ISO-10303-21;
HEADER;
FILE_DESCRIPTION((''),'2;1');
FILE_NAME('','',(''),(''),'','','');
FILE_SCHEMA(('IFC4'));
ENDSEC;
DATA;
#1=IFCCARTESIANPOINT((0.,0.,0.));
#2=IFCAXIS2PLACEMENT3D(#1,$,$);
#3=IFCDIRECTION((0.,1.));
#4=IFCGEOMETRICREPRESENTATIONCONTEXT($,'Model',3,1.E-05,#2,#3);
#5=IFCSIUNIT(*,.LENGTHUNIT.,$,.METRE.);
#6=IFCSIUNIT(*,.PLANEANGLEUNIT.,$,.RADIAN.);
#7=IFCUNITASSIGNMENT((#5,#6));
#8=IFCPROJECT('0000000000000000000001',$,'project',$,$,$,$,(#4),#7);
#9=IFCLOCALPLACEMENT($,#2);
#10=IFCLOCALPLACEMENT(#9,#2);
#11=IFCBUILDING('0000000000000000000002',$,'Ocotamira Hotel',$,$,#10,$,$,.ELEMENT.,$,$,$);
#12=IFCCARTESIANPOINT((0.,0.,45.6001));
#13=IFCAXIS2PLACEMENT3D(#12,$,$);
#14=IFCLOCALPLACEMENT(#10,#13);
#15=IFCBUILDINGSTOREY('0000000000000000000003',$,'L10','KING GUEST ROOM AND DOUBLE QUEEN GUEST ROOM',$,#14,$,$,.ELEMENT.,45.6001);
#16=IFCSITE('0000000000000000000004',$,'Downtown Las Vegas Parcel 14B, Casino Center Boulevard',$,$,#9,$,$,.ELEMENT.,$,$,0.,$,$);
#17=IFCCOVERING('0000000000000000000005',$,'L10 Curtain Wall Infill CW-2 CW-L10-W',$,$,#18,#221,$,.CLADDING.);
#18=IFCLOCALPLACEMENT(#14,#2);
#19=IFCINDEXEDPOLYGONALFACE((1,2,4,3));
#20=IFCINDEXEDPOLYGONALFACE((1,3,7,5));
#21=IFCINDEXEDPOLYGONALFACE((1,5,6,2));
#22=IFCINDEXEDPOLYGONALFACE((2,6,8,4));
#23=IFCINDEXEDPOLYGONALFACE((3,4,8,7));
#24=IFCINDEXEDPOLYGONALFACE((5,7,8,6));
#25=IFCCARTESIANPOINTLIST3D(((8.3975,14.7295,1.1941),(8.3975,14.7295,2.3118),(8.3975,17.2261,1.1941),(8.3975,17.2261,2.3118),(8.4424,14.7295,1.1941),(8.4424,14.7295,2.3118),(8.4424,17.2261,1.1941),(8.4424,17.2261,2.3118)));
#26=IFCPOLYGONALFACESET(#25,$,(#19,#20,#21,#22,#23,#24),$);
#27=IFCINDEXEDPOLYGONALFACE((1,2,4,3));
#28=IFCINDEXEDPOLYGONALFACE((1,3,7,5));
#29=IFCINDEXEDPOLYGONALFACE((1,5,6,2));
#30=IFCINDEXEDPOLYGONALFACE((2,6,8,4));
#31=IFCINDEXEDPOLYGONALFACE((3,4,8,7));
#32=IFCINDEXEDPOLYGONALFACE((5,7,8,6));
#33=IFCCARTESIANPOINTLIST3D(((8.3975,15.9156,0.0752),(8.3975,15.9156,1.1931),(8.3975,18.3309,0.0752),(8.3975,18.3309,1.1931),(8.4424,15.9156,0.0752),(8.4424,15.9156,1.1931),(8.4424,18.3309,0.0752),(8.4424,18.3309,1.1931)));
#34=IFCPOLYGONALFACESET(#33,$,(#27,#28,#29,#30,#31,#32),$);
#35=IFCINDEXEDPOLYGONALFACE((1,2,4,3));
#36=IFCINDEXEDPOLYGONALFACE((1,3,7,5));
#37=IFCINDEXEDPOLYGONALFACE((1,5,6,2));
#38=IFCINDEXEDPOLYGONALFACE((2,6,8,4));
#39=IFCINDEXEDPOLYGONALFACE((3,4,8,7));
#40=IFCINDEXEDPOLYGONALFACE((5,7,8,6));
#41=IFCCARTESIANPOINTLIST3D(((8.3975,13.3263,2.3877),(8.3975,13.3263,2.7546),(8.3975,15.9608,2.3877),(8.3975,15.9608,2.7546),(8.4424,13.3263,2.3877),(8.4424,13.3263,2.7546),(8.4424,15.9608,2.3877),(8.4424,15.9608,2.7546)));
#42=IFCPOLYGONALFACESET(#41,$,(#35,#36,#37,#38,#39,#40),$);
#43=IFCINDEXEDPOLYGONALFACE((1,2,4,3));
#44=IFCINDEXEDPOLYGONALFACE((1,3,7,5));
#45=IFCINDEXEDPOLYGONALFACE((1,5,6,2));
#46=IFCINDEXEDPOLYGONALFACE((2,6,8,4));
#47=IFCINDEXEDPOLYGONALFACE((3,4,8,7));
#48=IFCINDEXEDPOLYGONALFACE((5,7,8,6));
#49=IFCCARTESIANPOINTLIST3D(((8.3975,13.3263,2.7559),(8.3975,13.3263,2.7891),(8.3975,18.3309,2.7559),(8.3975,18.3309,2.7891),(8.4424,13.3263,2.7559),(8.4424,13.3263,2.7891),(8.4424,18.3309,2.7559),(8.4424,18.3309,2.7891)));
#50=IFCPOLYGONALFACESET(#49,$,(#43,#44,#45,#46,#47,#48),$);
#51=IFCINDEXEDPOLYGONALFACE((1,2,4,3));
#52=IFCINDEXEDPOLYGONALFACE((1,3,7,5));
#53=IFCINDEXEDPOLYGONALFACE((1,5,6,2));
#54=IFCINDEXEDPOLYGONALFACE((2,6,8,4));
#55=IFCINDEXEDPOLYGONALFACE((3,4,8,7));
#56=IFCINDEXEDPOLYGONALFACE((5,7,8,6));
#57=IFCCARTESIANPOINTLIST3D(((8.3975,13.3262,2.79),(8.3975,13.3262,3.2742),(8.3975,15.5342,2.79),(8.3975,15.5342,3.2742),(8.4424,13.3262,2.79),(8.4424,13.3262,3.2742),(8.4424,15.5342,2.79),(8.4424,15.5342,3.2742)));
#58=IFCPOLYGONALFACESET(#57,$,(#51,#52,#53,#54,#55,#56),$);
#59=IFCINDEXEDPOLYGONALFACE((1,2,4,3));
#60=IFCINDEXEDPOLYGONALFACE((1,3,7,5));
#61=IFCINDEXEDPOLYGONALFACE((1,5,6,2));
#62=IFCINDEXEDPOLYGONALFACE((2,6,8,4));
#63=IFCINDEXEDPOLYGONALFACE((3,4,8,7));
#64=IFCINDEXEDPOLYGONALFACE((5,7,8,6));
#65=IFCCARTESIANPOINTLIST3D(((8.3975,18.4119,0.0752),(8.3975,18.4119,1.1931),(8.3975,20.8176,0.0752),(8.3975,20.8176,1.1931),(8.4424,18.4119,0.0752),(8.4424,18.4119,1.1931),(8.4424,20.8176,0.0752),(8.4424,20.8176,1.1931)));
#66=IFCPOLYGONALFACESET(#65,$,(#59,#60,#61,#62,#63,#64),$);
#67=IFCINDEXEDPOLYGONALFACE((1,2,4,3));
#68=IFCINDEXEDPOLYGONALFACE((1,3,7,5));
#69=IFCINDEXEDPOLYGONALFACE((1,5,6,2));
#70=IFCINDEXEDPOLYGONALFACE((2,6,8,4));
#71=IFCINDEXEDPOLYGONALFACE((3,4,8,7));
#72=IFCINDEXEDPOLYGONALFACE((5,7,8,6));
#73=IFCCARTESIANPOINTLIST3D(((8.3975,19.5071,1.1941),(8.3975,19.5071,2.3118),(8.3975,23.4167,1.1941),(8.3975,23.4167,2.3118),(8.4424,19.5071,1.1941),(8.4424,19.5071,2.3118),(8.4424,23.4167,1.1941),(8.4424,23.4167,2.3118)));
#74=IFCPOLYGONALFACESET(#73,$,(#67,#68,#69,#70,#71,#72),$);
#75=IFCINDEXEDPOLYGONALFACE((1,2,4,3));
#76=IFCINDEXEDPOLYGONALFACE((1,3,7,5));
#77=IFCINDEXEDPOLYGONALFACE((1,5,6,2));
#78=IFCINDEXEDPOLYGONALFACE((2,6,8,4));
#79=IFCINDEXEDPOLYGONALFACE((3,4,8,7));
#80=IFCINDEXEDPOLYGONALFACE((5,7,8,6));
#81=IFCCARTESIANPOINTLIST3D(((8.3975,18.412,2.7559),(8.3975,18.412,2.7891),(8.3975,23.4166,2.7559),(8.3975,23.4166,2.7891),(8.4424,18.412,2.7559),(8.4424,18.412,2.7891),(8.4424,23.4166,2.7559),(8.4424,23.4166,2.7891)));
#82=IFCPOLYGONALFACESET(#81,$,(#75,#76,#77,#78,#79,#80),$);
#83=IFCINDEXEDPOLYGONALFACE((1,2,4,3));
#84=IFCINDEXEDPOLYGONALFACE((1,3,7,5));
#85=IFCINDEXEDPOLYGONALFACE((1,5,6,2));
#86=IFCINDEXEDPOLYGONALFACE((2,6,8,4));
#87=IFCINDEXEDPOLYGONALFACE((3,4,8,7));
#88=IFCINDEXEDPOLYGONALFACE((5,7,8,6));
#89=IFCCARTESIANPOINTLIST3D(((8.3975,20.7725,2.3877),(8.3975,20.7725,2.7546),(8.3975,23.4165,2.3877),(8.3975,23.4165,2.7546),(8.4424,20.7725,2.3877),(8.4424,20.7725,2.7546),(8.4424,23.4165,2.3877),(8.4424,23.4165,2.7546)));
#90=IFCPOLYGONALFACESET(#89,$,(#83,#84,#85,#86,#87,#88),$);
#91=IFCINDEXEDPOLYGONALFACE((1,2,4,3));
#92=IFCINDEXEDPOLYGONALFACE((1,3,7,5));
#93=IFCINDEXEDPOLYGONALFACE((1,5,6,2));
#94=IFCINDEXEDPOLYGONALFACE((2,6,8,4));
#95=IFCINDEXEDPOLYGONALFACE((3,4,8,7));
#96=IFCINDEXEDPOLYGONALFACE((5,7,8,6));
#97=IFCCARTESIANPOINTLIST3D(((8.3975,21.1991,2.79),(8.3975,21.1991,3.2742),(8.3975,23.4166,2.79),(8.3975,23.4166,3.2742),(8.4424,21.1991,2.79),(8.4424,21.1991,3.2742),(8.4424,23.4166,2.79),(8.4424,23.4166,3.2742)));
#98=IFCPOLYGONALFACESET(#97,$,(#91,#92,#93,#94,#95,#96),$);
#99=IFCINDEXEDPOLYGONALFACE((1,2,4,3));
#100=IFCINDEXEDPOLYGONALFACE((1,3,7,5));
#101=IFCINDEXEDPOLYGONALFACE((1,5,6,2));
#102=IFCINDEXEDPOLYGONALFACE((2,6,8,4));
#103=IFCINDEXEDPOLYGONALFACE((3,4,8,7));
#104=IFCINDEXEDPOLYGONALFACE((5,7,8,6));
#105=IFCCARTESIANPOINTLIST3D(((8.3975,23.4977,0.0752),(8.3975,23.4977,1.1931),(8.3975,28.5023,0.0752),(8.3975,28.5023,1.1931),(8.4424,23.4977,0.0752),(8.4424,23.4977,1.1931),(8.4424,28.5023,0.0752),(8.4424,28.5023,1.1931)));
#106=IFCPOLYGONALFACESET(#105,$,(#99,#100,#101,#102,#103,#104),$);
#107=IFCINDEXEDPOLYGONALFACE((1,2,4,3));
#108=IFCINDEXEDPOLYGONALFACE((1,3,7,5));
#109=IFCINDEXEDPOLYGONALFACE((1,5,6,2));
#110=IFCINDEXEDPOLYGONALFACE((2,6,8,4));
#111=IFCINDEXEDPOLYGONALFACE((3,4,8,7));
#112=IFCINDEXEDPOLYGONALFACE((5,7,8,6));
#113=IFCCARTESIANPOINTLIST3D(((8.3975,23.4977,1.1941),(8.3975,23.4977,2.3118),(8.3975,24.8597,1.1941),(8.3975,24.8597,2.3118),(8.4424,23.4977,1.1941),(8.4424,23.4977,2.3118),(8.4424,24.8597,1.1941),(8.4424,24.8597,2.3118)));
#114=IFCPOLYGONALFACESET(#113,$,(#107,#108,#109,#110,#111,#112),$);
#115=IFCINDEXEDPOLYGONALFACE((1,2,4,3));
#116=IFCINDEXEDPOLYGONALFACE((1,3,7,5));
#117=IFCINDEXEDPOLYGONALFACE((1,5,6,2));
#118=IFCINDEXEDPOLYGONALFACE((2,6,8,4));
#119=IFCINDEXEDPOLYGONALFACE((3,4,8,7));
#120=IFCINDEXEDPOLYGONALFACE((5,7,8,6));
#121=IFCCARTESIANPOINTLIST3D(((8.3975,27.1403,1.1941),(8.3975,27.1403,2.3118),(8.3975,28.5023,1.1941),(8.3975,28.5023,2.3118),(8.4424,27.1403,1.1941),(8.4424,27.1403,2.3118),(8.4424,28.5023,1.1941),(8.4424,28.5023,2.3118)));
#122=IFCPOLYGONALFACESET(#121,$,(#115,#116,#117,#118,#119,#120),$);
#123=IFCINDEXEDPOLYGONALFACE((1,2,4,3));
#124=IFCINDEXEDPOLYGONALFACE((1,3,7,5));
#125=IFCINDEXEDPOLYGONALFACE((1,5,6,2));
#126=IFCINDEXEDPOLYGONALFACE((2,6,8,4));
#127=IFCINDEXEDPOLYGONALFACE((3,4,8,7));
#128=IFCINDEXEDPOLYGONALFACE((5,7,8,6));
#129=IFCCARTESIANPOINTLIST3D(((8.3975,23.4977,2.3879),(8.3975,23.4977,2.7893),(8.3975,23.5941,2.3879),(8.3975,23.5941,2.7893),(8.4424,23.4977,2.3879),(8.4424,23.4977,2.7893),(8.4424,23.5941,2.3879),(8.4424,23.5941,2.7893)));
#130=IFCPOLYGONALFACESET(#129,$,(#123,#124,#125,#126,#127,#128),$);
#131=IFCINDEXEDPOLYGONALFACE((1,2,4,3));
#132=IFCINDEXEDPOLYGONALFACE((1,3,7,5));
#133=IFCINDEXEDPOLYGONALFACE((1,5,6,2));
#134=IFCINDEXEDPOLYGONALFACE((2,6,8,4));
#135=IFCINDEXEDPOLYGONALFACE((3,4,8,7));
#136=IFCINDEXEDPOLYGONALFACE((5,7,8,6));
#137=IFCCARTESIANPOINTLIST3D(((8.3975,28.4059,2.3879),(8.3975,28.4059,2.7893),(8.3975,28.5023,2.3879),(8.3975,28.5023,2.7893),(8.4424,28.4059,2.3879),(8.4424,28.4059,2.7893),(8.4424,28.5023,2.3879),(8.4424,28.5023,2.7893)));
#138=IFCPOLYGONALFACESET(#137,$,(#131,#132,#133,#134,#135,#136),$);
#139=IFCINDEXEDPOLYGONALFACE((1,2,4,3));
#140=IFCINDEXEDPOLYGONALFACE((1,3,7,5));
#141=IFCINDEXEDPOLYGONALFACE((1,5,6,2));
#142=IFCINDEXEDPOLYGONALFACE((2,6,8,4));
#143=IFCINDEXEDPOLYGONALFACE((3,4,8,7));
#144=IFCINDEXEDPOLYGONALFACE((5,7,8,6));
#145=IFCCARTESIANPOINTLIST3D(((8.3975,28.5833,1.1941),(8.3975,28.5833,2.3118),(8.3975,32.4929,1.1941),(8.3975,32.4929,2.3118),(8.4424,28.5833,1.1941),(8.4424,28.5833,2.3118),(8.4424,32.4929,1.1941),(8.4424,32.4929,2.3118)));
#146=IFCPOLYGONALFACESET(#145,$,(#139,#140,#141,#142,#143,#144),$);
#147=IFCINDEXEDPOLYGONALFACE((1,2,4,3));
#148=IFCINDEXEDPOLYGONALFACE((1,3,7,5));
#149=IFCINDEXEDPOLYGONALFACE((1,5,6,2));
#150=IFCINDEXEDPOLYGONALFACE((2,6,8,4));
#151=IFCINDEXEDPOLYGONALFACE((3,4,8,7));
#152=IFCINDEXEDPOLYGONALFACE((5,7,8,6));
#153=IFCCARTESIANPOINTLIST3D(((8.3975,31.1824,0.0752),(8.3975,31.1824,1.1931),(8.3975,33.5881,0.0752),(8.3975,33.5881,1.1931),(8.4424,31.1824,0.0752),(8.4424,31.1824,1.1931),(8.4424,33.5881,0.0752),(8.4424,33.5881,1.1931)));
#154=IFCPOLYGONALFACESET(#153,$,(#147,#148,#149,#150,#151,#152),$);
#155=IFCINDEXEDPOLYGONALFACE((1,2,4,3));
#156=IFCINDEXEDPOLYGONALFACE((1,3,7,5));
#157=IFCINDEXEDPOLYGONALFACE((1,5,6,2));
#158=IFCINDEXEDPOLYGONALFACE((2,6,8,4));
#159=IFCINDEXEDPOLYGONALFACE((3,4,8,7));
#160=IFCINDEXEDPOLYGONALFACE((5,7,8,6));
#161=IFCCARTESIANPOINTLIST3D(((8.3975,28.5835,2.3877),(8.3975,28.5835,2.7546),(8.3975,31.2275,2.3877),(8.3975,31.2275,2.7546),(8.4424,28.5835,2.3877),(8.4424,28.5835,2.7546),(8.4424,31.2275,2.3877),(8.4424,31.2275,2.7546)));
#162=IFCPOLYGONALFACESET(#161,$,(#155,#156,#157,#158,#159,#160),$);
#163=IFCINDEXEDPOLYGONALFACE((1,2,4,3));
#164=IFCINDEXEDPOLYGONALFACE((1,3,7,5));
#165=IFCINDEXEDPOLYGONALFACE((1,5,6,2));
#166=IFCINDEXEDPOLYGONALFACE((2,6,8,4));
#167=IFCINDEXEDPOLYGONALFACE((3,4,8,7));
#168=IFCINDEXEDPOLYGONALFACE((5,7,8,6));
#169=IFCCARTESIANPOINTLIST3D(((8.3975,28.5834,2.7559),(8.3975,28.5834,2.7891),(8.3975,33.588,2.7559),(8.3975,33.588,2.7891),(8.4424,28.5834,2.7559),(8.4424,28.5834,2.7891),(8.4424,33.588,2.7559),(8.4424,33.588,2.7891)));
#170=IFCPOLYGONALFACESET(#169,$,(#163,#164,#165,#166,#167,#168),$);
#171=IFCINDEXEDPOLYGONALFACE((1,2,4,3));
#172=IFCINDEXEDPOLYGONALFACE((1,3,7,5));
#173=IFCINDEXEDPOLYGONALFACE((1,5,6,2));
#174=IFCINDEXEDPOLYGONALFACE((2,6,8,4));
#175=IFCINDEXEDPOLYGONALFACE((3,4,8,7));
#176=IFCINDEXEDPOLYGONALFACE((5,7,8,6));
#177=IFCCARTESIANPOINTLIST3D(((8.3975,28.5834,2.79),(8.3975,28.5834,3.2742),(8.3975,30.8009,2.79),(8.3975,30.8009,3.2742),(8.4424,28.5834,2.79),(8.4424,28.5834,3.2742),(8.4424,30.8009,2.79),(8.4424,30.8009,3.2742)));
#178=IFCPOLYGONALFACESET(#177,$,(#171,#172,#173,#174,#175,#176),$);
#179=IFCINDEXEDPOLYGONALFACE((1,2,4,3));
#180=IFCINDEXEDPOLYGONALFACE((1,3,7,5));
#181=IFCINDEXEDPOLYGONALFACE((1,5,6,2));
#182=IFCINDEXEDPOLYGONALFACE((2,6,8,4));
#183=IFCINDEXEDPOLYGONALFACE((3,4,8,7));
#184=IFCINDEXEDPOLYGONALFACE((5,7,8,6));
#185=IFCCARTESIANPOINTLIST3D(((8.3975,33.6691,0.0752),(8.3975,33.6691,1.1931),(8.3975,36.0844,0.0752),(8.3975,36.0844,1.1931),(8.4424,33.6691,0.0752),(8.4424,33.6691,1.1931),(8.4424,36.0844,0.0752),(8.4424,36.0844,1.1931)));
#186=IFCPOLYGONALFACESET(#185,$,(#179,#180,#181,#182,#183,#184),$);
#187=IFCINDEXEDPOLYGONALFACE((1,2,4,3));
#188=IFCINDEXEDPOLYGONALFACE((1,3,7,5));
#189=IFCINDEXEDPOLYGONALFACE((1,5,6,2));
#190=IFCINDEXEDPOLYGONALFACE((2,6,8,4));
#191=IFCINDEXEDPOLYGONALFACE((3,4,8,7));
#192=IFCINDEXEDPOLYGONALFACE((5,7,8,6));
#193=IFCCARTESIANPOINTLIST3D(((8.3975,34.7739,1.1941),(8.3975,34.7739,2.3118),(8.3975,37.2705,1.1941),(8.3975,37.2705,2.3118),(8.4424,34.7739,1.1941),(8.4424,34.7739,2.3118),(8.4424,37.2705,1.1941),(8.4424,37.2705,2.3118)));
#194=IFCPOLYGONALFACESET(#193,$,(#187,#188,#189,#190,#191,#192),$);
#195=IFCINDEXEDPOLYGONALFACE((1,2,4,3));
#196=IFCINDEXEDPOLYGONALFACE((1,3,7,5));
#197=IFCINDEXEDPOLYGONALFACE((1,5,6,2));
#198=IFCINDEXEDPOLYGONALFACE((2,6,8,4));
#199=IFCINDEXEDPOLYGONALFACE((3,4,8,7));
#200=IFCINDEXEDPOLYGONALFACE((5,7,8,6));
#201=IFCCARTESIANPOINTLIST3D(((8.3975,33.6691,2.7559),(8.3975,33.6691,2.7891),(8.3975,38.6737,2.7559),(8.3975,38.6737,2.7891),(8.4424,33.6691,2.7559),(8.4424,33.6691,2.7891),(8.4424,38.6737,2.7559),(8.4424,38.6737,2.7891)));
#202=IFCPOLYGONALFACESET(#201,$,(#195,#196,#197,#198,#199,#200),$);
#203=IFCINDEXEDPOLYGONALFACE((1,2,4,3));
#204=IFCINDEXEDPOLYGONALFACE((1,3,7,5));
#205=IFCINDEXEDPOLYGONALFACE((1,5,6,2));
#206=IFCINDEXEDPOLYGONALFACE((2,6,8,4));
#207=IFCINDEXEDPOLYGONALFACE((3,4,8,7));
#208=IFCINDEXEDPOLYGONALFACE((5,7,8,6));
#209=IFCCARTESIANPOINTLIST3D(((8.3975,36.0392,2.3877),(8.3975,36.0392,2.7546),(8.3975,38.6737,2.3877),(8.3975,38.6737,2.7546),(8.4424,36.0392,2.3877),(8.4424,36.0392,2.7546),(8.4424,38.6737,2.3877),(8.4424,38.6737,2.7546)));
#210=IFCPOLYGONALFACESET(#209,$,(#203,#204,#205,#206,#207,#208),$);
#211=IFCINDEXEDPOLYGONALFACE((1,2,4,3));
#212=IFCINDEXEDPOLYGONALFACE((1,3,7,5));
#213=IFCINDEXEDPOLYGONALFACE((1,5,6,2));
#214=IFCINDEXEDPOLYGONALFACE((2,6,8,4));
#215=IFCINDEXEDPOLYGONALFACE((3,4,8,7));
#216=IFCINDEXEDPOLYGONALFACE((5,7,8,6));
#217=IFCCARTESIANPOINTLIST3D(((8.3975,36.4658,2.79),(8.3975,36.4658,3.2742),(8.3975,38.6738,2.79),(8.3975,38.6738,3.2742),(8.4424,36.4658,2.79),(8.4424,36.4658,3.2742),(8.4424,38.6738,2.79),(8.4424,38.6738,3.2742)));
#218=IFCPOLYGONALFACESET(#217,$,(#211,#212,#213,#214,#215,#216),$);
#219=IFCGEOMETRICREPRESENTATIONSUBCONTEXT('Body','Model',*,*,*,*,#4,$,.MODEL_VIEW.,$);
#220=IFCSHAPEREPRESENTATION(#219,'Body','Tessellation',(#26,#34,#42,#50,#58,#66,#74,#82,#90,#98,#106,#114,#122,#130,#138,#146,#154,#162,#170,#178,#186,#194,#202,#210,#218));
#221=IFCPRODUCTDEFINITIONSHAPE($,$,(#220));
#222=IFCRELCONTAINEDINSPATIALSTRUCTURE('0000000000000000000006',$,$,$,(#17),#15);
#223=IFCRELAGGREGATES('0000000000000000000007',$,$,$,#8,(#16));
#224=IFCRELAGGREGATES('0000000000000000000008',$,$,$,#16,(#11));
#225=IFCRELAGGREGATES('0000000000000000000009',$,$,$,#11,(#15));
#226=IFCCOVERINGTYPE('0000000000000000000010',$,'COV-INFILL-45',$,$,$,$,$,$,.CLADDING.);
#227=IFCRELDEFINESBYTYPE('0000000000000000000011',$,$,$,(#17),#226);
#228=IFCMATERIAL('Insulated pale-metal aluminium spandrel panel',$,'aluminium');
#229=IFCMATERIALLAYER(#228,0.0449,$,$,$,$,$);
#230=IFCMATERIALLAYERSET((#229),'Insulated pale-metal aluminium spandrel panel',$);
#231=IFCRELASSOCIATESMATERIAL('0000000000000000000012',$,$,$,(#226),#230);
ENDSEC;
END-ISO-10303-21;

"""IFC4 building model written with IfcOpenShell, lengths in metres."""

from ifc_helpers import new_model, si_unit, direction, frame, origin, origin_2d, place, context, subcontext, project, spatial, rectangle, extrude, material, layer, layer_set, type_object, element, save


model = new_model("IFC4")

# Units and contexts
model_context = context("Model", 3, precision=1e-05, world=origin(), true_north=direction((0.0, 1.0)))
body_context = subcontext(model_context, "Body", "Model", "MODEL_VIEW")
ifc_project = project(units=[si_unit("LENGTHUNIT", "METRE"), si_unit("PLANEANGLEUNIT", "RADIAN")], contexts=[model_context])

# Site, building, storey
site_placement = place(None, origin())
site = spatial("IfcSite", under=ifc_project, at=site_placement, Name="Downtown Las Vegas Parcel 14B, Casino Center Boulevard", CompositionType="ELEMENT", RefElevation=0.0)
building_placement = place(site_placement, origin())
building = spatial("IfcBuilding", under=site, at=building_placement, Name="Ocotamira Hotel", CompositionType="ELEMENT")
storey_placement = place(building_placement, frame((0.0, 0.0, 45.6001)))
storey = spatial("IfcBuildingStorey", under=building, at=storey_placement, Name="L10", Description="KING GUEST ROOM AND DOUBLE QUEEN GUEST ROOM", CompositionType="ELEMENT", Elevation=45.6001)

# Covering
ifc_material_1 = material(Name="Insulated pale-metal aluminium spandrel panel", Category="aluminium")
ifc_layer_1 = layer(ifc_material_1, 0.0449)
ifc_layer_set_1 = layer_set([ifc_layer_1], Name="Insulated pale-metal aluminium spandrel panel")
covering_type_1 = type_object("IfcCoveringType", Name="COV-INFILL-45", PredefinedType="CLADDING", material=ifc_layer_set_1)
covering_1_placement = place(storey_placement, origin())
element("IfcCovering", 1, at=covering_1_placement, inside=storey, type_object=covering_type_1, Name="L10 Curtain Wall Infill CW-2 CW-L10-W", PredefinedType="CLADDING", context=body_context, shape_type="SweptSolid", body=[
    extrude(rectangle(XDim=2.4966, YDim=0.0449, at=origin_2d()), frame((8.4199, 15.9778, 1.1941), z_axis=(0.0, 0.0, 1.0), x_axis=(0.0, 1.0, 0.0)), (0.0, 0.0, 1.0), 1.1177),
    extrude(rectangle(XDim=2.4153, YDim=0.0449, at=origin_2d()), frame((8.4199, 17.1233, 0.0752), z_axis=(0.0, 0.0, 1.0), x_axis=(0.0, 1.0, 0.0)), (0.0, 0.0, 1.0), 1.1179),
    extrude(rectangle(XDim=2.6345, YDim=0.0449, at=origin_2d()), frame((8.4199, 14.6436, 2.3877), z_axis=(0.0, 0.0, 1.0), x_axis=(0.0, 1.0, 0.0)), (0.0, 0.0, 1.0), 0.3669),
    extrude(rectangle(XDim=5.0046, YDim=0.0449, at=origin_2d()), frame((8.4199, 15.8286, 2.7559), z_axis=(0.0, 0.0, 1.0), x_axis=(0.0, 1.0, 0.0)), (0.0, 0.0, 1.0), 0.0332),
    extrude(rectangle(XDim=2.208, YDim=0.0449, at=origin_2d()), frame((8.4199, 14.4302, 2.79), z_axis=(0.0, 0.0, 1.0), x_axis=(0.0, 1.0, 0.0)), (0.0, 0.0, 1.0), 0.4841),
    extrude(rectangle(XDim=2.4058, YDim=0.0449, at=origin_2d()), frame((8.4199, 19.6147, 0.0752), z_axis=(0.0, 0.0, 1.0), x_axis=(0.0, 1.0, 0.0)), (0.0, 0.0, 1.0), 1.1179),
    extrude(rectangle(XDim=3.9097, YDim=0.0449, at=origin_2d()), frame((8.4199, 21.4619, 1.1941), z_axis=(0.0, 0.0, 1.0), x_axis=(0.0, 1.0, 0.0)), (0.0, 0.0, 1.0), 1.1177),
    extrude(rectangle(XDim=5.0046, YDim=0.0449, at=origin_2d()), frame((8.4199, 20.9143, 2.7559), z_axis=(0.0, 0.0, 1.0), x_axis=(0.0, 1.0, 0.0)), (0.0, 0.0, 1.0), 0.0332),
    extrude(rectangle(XDim=2.644, YDim=0.0449, at=origin_2d()), frame((8.4199, 22.0945, 2.3877), z_axis=(0.0, 0.0, 1.0), x_axis=(0.0, 1.0, 0.0)), (0.0, 0.0, 1.0), 0.3669),
    extrude(rectangle(XDim=2.2175, YDim=0.0449, at=origin_2d()), frame((8.4199, 22.3079, 2.79), z_axis=(0.0, 0.0, 1.0), x_axis=(0.0, 1.0, 0.0)), (0.0, 0.0, 1.0), 0.4841),
    extrude(rectangle(XDim=5.0046, YDim=0.0449, at=origin_2d()), frame((8.4199, 26.0, 0.0752), z_axis=(0.0, 0.0, 1.0), x_axis=(0.0, 1.0, 0.0)), (0.0, 0.0, 1.0), 1.1179),
    extrude(rectangle(XDim=1.3621, YDim=0.0449, at=origin_2d()), frame((8.4199, 24.1787, 1.1941), z_axis=(0.0, 0.0, 1.0), x_axis=(0.0, 1.0, 0.0)), (0.0, 0.0, 1.0), 1.1177),
    extrude(rectangle(XDim=1.3621, YDim=0.0449, at=origin_2d()), frame((8.4199, 27.8213, 1.1941), z_axis=(0.0, 0.0, 1.0), x_axis=(0.0, 1.0, 0.0)), (0.0, 0.0, 1.0), 1.1177),
    extrude(rectangle(XDim=0.0964, YDim=0.0449, at=origin_2d()), frame((8.4199, 23.5459, 2.3879), z_axis=(0.0, 0.0, 1.0), x_axis=(0.0, 1.0, 0.0)), (0.0, 0.0, 1.0), 0.4014),
    extrude(rectangle(XDim=0.0964, YDim=0.0449, at=origin_2d()), frame((8.4199, 28.4541, 2.3879), z_axis=(0.0, 0.0, 1.0), x_axis=(0.0, 1.0, 0.0)), (0.0, 0.0, 1.0), 0.4014),
    extrude(rectangle(XDim=3.9097, YDim=0.0449, at=origin_2d()), frame((8.4199, 30.5381, 1.1941), z_axis=(0.0, 0.0, 1.0), x_axis=(0.0, 1.0, 0.0)), (0.0, 0.0, 1.0), 1.1177),
    extrude(rectangle(XDim=2.4058, YDim=0.0449, at=origin_2d()), frame((8.4199, 32.3853, 0.0752), z_axis=(0.0, 0.0, 1.0), x_axis=(0.0, 1.0, 0.0)), (0.0, 0.0, 1.0), 1.1179),
    extrude(rectangle(XDim=2.644, YDim=0.0449, at=origin_2d()), frame((8.4199, 29.9055, 2.3877), z_axis=(0.0, 0.0, 1.0), x_axis=(0.0, 1.0, 0.0)), (0.0, 0.0, 1.0), 0.3669),
    extrude(rectangle(XDim=5.0046, YDim=0.0449, at=origin_2d()), frame((8.4199, 31.0857, 2.7559), z_axis=(0.0, 0.0, 1.0), x_axis=(0.0, 1.0, 0.0)), (0.0, 0.0, 1.0), 0.0332),
    extrude(rectangle(XDim=2.2175, YDim=0.0449, at=origin_2d()), frame((8.4199, 29.6921, 2.79), z_axis=(0.0, 0.0, 1.0), x_axis=(0.0, 1.0, 0.0)), (0.0, 0.0, 1.0), 0.4841),
    extrude(rectangle(XDim=2.4153, YDim=0.0449, at=origin_2d()), frame((8.4199, 34.8767, 0.0752), z_axis=(0.0, 0.0, 1.0), x_axis=(0.0, 1.0, 0.0)), (0.0, 0.0, 1.0), 1.1179),
    extrude(rectangle(XDim=2.4966, YDim=0.0449, at=origin_2d()), frame((8.4199, 36.0222, 1.1941), z_axis=(0.0, 0.0, 1.0), x_axis=(0.0, 1.0, 0.0)), (0.0, 0.0, 1.0), 1.1177),
    extrude(rectangle(XDim=5.0046, YDim=0.0449, at=origin_2d()), frame((8.4199, 36.1714, 2.7559), z_axis=(0.0, 0.0, 1.0), x_axis=(0.0, 1.0, 0.0)), (0.0, 0.0, 1.0), 0.0332),
    extrude(rectangle(XDim=2.6345, YDim=0.0449, at=origin_2d()), frame((8.4199, 37.3564, 2.3877), z_axis=(0.0, 0.0, 1.0), x_axis=(0.0, 1.0, 0.0)), (0.0, 0.0, 1.0), 0.3669),
    extrude(rectangle(XDim=2.208, YDim=0.0449, at=origin_2d()), frame((8.4199, 37.5698, 2.79), z_axis=(0.0, 0.0, 1.0), x_axis=(0.0, 1.0, 0.0)), (0.0, 0.0, 1.0), 0.4841),
])

save(model, "model.ifc")
